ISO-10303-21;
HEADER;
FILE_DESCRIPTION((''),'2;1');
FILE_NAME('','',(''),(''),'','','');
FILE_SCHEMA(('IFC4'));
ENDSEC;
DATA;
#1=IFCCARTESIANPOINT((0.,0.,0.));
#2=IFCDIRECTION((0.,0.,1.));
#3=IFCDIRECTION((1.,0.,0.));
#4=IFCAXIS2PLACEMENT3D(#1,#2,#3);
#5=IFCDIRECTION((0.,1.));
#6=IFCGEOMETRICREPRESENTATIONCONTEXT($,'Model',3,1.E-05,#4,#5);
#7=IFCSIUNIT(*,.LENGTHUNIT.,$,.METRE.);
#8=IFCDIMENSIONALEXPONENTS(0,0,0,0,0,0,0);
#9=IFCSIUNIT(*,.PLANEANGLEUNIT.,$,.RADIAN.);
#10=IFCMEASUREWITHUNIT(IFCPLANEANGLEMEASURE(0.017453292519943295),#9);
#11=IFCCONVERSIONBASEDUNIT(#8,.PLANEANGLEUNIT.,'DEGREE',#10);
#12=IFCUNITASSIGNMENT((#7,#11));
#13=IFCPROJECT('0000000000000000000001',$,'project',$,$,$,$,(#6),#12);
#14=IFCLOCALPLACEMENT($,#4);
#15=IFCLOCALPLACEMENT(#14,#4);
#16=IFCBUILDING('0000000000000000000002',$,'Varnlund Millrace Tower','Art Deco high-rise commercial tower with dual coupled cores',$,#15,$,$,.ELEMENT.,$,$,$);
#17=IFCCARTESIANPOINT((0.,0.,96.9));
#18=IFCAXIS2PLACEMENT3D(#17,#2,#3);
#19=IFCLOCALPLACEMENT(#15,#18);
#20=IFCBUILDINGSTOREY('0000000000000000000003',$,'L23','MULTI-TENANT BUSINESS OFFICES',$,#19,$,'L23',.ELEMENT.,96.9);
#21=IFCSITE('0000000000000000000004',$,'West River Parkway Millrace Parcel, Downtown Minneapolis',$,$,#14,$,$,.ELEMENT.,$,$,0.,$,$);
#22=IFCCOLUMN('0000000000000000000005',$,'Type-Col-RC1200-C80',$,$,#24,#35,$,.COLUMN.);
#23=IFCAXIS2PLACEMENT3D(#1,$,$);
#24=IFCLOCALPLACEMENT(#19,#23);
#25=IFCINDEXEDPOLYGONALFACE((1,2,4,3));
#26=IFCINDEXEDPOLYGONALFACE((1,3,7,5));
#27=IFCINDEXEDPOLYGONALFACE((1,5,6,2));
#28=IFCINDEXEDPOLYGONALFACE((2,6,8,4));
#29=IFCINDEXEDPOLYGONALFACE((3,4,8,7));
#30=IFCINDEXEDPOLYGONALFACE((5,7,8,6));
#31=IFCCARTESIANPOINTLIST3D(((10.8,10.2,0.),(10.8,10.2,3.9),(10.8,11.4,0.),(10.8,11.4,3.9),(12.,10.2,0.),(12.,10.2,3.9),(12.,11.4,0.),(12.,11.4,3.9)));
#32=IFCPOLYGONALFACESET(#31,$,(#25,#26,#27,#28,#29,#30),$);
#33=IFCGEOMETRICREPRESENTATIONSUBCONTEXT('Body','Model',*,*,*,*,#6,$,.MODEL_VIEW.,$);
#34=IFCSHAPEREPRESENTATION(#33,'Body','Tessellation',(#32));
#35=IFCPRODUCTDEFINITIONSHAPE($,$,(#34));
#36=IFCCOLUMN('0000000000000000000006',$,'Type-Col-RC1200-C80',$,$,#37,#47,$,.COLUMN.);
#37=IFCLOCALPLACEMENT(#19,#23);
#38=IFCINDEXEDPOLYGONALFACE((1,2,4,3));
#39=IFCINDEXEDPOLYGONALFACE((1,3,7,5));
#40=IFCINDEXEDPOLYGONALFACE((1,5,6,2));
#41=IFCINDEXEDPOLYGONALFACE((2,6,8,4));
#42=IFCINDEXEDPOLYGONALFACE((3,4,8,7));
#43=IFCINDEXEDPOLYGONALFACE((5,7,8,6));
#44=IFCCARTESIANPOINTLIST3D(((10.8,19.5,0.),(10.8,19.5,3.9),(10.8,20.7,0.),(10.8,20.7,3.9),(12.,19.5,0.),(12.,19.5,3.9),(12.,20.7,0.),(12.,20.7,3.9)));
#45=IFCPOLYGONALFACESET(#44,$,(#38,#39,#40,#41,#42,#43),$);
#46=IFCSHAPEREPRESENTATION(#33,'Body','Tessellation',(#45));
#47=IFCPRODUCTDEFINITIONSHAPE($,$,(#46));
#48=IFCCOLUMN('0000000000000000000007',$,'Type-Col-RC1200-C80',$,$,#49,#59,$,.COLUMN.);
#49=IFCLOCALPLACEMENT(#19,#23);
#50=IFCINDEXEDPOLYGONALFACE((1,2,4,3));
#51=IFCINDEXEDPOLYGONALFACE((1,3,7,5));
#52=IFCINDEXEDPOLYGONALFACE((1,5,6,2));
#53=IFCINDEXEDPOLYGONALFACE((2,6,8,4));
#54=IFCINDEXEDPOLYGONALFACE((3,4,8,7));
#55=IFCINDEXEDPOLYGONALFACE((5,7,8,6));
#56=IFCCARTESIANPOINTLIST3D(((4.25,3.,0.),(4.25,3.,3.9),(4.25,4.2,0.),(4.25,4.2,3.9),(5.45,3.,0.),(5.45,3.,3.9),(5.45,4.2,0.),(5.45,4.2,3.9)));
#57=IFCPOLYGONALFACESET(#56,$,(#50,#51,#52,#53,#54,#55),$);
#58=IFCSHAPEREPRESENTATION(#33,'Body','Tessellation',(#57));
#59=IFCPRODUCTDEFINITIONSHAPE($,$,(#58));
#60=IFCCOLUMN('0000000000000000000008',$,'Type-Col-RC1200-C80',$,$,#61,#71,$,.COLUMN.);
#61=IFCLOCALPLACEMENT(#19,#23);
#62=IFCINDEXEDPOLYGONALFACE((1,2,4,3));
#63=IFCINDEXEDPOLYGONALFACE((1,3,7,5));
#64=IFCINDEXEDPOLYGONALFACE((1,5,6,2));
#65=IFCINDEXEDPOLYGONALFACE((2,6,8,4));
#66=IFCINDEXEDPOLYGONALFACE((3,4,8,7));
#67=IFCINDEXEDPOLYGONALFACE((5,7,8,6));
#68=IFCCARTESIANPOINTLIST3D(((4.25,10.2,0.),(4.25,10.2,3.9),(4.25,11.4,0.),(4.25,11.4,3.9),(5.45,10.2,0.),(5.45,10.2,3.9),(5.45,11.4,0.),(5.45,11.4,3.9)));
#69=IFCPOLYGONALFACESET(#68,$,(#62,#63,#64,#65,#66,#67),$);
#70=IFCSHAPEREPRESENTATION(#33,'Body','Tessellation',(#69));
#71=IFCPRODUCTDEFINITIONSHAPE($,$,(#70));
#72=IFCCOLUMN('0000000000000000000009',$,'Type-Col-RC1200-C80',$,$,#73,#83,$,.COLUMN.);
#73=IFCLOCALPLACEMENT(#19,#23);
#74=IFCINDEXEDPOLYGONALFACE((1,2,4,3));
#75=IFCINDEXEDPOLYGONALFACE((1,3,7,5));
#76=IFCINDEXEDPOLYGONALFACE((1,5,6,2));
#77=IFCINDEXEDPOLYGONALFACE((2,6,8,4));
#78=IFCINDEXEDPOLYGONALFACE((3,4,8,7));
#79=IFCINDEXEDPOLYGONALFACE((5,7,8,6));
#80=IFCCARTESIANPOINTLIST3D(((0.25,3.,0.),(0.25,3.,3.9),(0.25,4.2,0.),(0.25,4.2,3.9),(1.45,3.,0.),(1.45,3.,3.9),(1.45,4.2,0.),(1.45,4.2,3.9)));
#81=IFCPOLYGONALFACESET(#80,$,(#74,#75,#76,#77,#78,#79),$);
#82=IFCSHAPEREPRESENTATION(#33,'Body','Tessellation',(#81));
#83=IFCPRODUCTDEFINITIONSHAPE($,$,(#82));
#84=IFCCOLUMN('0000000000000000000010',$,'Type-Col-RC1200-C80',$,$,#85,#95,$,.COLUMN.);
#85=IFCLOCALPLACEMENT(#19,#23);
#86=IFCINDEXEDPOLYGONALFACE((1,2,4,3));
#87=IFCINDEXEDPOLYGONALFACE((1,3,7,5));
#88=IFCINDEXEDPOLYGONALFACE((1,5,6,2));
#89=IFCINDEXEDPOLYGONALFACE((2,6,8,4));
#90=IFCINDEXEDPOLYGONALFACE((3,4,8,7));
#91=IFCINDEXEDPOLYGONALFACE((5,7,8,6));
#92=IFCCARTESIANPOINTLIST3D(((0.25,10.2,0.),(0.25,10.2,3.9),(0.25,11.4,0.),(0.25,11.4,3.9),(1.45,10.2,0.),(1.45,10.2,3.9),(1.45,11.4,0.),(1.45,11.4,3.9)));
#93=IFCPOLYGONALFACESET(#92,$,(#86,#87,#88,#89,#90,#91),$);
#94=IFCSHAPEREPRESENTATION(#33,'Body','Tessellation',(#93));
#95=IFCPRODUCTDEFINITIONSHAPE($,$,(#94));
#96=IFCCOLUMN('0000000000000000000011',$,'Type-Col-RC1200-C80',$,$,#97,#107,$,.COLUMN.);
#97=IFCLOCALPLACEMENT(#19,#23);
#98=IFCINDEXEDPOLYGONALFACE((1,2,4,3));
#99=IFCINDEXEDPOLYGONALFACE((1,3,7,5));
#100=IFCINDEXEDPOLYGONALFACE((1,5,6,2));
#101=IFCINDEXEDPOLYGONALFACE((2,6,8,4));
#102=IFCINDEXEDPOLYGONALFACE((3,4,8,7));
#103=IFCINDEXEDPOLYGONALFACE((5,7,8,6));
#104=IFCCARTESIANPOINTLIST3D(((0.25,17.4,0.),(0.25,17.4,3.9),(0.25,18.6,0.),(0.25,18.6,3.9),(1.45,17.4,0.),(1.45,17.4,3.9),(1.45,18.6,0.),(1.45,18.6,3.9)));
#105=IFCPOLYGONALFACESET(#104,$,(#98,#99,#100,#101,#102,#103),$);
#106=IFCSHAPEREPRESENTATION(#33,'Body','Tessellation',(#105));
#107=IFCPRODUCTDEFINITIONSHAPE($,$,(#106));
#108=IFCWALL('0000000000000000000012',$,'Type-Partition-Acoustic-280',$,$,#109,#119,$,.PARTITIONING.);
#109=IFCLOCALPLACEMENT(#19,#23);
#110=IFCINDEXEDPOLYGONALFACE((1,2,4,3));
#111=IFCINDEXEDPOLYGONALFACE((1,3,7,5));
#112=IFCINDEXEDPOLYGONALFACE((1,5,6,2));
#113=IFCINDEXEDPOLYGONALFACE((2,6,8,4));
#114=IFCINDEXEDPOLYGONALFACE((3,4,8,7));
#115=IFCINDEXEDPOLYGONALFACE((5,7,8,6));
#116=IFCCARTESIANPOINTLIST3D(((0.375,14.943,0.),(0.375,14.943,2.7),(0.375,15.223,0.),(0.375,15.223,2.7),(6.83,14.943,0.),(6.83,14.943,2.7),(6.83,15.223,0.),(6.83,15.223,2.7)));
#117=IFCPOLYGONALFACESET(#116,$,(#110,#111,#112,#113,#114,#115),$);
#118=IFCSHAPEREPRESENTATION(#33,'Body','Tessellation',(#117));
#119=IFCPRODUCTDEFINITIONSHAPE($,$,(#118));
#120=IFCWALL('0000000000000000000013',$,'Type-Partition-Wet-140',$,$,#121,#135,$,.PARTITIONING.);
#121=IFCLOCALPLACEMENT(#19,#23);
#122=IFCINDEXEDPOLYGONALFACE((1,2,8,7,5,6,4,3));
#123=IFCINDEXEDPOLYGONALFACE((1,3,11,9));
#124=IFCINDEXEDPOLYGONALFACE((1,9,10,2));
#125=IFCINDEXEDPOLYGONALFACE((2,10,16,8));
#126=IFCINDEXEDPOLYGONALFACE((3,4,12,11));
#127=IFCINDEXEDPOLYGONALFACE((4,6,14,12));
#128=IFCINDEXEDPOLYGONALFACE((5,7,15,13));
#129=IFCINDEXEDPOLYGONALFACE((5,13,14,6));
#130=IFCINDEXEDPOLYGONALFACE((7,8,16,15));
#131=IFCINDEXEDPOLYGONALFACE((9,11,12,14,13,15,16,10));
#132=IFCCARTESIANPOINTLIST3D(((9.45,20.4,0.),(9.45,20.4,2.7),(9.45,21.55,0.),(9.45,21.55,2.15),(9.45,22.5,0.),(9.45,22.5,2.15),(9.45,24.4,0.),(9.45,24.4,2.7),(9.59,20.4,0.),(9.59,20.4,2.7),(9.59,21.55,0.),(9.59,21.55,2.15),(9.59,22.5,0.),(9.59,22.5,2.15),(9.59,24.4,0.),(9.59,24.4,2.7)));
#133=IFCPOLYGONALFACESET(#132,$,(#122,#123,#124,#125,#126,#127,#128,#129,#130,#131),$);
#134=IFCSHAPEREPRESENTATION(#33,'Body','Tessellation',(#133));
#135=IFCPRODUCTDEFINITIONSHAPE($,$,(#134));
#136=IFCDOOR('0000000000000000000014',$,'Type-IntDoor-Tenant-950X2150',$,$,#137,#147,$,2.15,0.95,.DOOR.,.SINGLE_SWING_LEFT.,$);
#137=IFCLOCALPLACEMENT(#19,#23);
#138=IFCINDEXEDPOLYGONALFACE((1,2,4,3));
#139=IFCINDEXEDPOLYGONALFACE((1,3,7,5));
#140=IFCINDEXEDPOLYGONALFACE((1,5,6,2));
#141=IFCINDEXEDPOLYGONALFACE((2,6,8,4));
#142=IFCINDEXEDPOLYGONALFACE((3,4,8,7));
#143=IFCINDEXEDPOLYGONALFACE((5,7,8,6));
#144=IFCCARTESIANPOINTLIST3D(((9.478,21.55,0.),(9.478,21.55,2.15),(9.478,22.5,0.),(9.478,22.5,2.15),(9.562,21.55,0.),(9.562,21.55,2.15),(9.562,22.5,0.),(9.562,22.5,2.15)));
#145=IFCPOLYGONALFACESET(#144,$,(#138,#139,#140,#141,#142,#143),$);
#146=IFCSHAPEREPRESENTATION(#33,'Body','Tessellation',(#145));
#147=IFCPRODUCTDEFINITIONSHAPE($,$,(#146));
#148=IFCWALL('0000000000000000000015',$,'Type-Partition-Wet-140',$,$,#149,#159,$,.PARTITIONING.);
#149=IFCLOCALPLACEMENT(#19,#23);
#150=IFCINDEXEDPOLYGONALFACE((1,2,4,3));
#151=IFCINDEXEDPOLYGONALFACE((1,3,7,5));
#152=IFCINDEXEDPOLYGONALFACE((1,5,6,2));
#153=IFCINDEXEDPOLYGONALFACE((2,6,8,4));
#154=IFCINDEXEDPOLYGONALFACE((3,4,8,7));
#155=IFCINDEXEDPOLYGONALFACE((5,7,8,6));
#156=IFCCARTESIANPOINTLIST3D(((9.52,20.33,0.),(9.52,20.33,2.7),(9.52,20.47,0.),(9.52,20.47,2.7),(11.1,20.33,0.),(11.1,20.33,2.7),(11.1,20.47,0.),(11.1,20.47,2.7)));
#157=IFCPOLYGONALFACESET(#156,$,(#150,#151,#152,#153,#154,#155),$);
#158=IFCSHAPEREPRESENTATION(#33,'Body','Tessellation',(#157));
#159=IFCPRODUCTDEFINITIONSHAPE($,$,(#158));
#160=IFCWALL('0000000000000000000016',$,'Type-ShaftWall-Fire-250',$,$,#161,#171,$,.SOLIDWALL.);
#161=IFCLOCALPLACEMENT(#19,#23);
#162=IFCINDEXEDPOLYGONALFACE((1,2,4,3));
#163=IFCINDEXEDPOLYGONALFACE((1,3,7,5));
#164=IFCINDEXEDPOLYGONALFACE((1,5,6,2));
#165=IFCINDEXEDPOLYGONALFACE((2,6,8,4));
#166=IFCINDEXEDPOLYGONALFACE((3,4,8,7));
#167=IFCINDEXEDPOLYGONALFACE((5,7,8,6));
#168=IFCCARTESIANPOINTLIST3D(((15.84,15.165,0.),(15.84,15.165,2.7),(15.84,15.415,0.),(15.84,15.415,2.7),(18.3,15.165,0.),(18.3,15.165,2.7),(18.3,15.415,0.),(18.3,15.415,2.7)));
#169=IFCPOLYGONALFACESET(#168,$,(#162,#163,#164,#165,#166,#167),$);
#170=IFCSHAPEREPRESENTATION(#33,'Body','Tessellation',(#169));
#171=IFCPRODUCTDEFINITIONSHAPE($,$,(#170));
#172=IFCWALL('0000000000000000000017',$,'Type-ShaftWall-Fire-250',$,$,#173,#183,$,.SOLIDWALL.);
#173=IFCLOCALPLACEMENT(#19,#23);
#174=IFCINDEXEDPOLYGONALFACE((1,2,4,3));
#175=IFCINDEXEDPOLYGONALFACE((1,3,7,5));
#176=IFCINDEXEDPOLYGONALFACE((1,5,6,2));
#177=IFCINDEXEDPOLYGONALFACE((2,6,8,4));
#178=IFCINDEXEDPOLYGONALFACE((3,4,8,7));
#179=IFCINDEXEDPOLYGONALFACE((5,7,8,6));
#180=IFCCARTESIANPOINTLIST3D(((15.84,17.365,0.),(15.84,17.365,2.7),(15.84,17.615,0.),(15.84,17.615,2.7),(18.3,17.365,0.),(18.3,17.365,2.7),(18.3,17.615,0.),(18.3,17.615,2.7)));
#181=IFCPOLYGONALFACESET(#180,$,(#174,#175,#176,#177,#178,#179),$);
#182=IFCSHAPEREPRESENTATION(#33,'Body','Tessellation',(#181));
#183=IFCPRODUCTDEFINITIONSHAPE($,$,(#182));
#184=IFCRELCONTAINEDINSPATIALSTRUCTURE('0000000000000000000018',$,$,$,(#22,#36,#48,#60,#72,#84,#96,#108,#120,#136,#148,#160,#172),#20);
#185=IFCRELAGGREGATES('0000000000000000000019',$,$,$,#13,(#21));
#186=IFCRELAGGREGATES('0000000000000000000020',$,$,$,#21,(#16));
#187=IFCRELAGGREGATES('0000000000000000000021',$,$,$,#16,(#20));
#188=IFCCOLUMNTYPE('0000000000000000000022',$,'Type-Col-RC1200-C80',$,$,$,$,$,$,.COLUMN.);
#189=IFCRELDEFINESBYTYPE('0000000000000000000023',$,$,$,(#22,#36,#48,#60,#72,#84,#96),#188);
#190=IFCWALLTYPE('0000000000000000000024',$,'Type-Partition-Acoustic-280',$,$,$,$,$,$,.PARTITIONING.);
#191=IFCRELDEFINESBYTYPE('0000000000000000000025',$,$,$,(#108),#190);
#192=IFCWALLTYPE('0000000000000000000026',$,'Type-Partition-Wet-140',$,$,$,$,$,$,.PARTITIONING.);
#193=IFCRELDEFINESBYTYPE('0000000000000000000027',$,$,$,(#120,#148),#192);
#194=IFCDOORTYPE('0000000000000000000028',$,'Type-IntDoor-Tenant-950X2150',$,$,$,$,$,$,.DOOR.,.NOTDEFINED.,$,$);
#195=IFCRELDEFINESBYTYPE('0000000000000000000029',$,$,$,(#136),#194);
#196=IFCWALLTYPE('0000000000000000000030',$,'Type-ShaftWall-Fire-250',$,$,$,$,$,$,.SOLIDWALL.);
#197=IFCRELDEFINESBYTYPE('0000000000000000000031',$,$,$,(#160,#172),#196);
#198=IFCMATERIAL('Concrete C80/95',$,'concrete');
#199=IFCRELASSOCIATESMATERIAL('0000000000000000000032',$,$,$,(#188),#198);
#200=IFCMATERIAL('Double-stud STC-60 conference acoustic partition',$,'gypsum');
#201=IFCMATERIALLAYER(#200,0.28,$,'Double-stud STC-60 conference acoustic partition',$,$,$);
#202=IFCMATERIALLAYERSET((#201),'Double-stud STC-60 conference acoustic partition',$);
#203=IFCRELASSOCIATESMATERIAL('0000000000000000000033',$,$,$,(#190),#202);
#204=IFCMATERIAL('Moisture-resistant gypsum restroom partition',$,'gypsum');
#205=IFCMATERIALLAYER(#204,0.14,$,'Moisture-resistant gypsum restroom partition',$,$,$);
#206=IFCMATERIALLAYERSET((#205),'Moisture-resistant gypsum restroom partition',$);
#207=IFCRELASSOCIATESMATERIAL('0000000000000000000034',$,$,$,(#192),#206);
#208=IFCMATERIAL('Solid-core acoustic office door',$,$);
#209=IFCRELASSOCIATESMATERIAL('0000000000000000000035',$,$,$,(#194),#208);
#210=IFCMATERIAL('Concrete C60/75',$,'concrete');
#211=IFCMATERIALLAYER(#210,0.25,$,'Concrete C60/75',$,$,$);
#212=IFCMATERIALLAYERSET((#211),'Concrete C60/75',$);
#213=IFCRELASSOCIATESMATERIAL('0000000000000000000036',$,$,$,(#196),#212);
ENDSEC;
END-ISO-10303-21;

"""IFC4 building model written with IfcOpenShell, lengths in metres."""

from ifc_helpers import new_model, entity, si_unit, converted_unit, direction, frame, origin_with_axes, origin_2d_with_axis, place, context, subcontext, project, spatial, polyline, rectangle, outline, extrude, material, layer, layer_set, material_profile, profile_set, type_object, element, fill, save


model = new_model("IFC4")

# Units and contexts
model_context = context("Model", 3, precision=1e-05, world=origin_with_axes(), true_north=direction((0.0, 1.0)))
body_context = subcontext(model_context, "Body", "Model", "MODEL_VIEW")
ifc_project = project(units=[si_unit("LENGTHUNIT", "METRE"), converted_unit("PLANEANGLEUNIT", "DEGREE", entity("IfcPlaneAngleMeasure", 0.017453292519943295), si_unit("PLANEANGLEUNIT", "RADIAN"), dimensions=[0, 0, 0, 0, 0, 0, 0])], contexts=[model_context])

# Site, building, storey
site_placement = place(None, origin_with_axes())
site = spatial("IfcSite", under=ifc_project, at=site_placement, Name="West River Parkway Millrace Parcel, Downtown Minneapolis", CompositionType="ELEMENT", RefElevation=0.0)
building_placement = place(site_placement, origin_with_axes())
building = spatial("IfcBuilding", under=site, at=building_placement, Name="Varnlund Millrace Tower", Description="Art Deco high-rise commercial tower with dual coupled cores", CompositionType="ELEMENT")
storey_placement = place(building_placement, frame((0.0, 0.0, 96.9), z_axis=(0.0, 0.0, 1.0), x_axis=(1.0, 0.0, 0.0)))
storey = spatial("IfcBuildingStorey", under=building, at=storey_placement, Name="L23", Description="MULTI-TENANT BUSINESS OFFICES", LongName="L23", CompositionType="ELEMENT", Elevation=96.9)

# Columns
ifc_material_1 = material(Name="Concrete C80/95", Category="concrete")
ifc_material_profile = material_profile(ifc_material_1, rectangle(XDim=1.2, YDim=1.2, at=origin_2d_with_axis()), Name="Concrete C80/95")
ifc_profile_set = profile_set([ifc_material_profile], Name="Concrete C80/95")
column_type = type_object("IfcColumnType", Name="Type-Col-RC1200-C80", PredefinedType="COLUMN", material=ifc_profile_set)
for number, where, z_axis, x_axis, name in (
    (1, (11.4, 10.8, 0.0), (0.0, 0.0, 1.0), (1.0, 0.0, 0.0), "Type-Col-RC1200-C80"),
    (2, (11.4, 20.1, 0.0), (0.0, 0.0, 1.0), (1.0, 0.0, 0.0), "Type-Col-RC1200-C80"),
    (3, (4.85, 3.6, 0.0), (0.0, 0.0, 1.0), (1.0, 0.0, 0.0), "Type-Col-RC1200-C80"),
    (4, (4.85, 10.8, 0.0), (0.0, 0.0, 1.0), (1.0, 0.0, 0.0), "Type-Col-RC1200-C80"),
    (5, (0.85, 3.6, 0.0), (0.0, 0.0, 1.0), (1.0, 0.0, 0.0), "Type-Col-RC1200-C80"),
    (6, (0.85, 10.8, 0.0), (0.0, 0.0, 1.0), (1.0, 0.0, 0.0), "Type-Col-RC1200-C80"),
    (7, (0.85, 18.0, 0.0), (0.0, 0.0, 1.0), (1.0, 0.0, 0.0), "Type-Col-RC1200-C80"),
):
    element("IfcColumn", number, at=place(storey_placement, frame(where, z_axis=z_axis, x_axis=x_axis)), inside=storey, type_object=column_type, Name=name, PredefinedType="COLUMN", context=body_context, shape_type="SweptSolid", body=[
        extrude(rectangle(XDim=1.2, YDim=1.2, at=origin_2d_with_axis()), origin_with_axes(), (0.0, 0.0, 1.0), 3.9),
    ])

# Wall
ifc_material_2 = material(Name="Double-stud STC-60 conference acoustic partition", Category="gypsum")
ifc_layer_1 = layer(ifc_material_2, 0.28, Name="Double-stud STC-60 conference acoustic partition")
ifc_layer_set_1 = layer_set([ifc_layer_1], Name="Double-stud STC-60 conference acoustic partition")
wall_type_1 = type_object("IfcWallType", Name="Type-Partition-Acoustic-280", PredefinedType="PARTITIONING", material=ifc_layer_set_1)
wall_1_placement = place(storey_placement, frame((0.375, 15.083, 0.0), z_axis=(0.0, 0.0, 1.0), x_axis=(1.0, 0.0, 0.0)))
element("IfcWall", 8, at=wall_1_placement, inside=storey, type_object=wall_type_1, Name="Type-Partition-Acoustic-280", PredefinedType="PARTITIONING", context=body_context, shape_type="SweptSolid", body=[
    extrude(outline(polyline([(0.0, -0.14), (6.455, -0.14), (6.455, 0.14), (0.0, 0.14), (0.0, -0.14)])), origin_with_axes(), (0.0, 0.0, 1.0), 2.7),
])

# Wall, opening, door
ifc_material_3 = material(Name="Moisture-resistant gypsum restroom partition", Category="gypsum")
ifc_layer_2 = layer(ifc_material_3, 0.14, Name="Moisture-resistant gypsum restroom partition")
ifc_layer_set_2 = layer_set([ifc_layer_2], Name="Moisture-resistant gypsum restroom partition")
wall_type_2 = type_object("IfcWallType", Name="Type-Partition-Wet-140", PredefinedType="PARTITIONING", material=ifc_layer_set_2)
wall_2_placement = place(storey_placement, frame((9.52, 20.4, 0.0), z_axis=(0.0, 0.0, 1.0), x_axis=(0.0, 1.0, 0.0)))
wall_2 = element("IfcWall", 9, at=wall_2_placement, inside=storey, type_object=wall_type_2, Name="Type-Partition-Wet-140", PredefinedType="PARTITIONING", context=body_context, shape_type="SweptSolid", body=[
    extrude(outline(polyline([(0.0, -0.07), (4.0, -0.07), (4.0, 0.07), (0.0, 0.07), (0.0, -0.07)])), origin_with_axes(), (0.0, 0.0, 1.0), 2.7),
])
opening_1_placement = place(wall_2_placement, frame((1.625, 0.0, 0.0), z_axis=(0.0, 0.0, 1.0), x_axis=(1.0, 0.0, 0.0)))
opening_1 = element("IfcOpeningElement", 10, at=opening_1_placement, cuts=wall_2, PredefinedType="OPENING", context=body_context, shape_type="SweptSolid", body=[
    extrude(rectangle(XDim=0.95, YDim=0.16, at=origin_2d_with_axis()), origin_with_axes(), (0.0, 0.0, 1.0), 2.15),
])
ifc_material_4 = material(Name="Solid-core acoustic office door")
door_type_1 = type_object("IfcDoorType", Name="Type-IntDoor-Tenant-950X2150", OperationType="NOTDEFINED", PredefinedType="DOOR", material=ifc_material_4)
door_1_placement = place(wall_2_placement, frame((1.625, 0.0, 0.0), z_axis=(0.0, 0.0, 1.0), x_axis=(1.0, 0.0, 0.0)))
door_1 = element("IfcDoor", 11, at=door_1_placement, inside=storey, type_object=door_type_1, Name="Type-IntDoor-Tenant-950X2150", OperationType="SINGLE_SWING_LEFT", OverallHeight=2.15, OverallWidth=0.95, PredefinedType="DOOR", context=body_context, shape_type="SweptSolid", body=[
    extrude(rectangle(XDim=0.95, YDim=0.084, at=origin_2d_with_axis()), origin_with_axes(), (0.0, 0.0, 1.0), 2.15),
])
fill(opening_1, door_1)

# Walls
wall_3_placement = place(storey_placement, frame((9.52, 20.4, 0.0), z_axis=(0.0, 0.0, 1.0), x_axis=(1.0, 0.0, 0.0)))
element("IfcWall", 12, at=wall_3_placement, inside=storey, type_object=wall_type_2, Name="Type-Partition-Wet-140", PredefinedType="PARTITIONING", context=body_context, shape_type="SweptSolid", body=[
    extrude(outline(polyline([(0.0, -0.07), (1.58, -0.07), (1.58, 0.07), (0.0, 0.07), (0.0, -0.07)])), origin_with_axes(), (0.0, 0.0, 1.0), 2.7),
])
ifc_material_5 = material(Name="Concrete C60/75", Category="concrete")
ifc_layer_3 = layer(ifc_material_5, 0.25, Name="Concrete C60/75")
ifc_layer_set_3 = layer_set([ifc_layer_3], Name="Concrete C60/75")
wall_type_3 = type_object("IfcWallType", Name="Type-ShaftWall-Fire-250", PredefinedType="SOLIDWALL", material=ifc_layer_set_3)
for number, where, z_axis, x_axis, name in (
    (13, (15.84, 15.29, 0.0), (0.0, 0.0, 1.0), (1.0, 0.0, 0.0), "Type-ShaftWall-Fire-250"),
    (14, (15.84, 17.49, 0.0), (0.0, 0.0, 1.0), (1.0, 0.0, 0.0), "Type-ShaftWall-Fire-250"),
):
    element("IfcWall", number, at=place(storey_placement, frame(where, z_axis=z_axis, x_axis=x_axis)), inside=storey, type_object=wall_type_3, Name=name, PredefinedType="SOLIDWALL", context=body_context, shape_type="SweptSolid", body=[
        extrude(outline(polyline([(0.0, -0.125), (2.46, -0.125), (2.46, 0.125), (0.0, 0.125), (0.0, -0.125)])), origin_with_axes(), (0.0, 0.0, 1.0), 2.7),
    ])

save(model, "model.ifc")
